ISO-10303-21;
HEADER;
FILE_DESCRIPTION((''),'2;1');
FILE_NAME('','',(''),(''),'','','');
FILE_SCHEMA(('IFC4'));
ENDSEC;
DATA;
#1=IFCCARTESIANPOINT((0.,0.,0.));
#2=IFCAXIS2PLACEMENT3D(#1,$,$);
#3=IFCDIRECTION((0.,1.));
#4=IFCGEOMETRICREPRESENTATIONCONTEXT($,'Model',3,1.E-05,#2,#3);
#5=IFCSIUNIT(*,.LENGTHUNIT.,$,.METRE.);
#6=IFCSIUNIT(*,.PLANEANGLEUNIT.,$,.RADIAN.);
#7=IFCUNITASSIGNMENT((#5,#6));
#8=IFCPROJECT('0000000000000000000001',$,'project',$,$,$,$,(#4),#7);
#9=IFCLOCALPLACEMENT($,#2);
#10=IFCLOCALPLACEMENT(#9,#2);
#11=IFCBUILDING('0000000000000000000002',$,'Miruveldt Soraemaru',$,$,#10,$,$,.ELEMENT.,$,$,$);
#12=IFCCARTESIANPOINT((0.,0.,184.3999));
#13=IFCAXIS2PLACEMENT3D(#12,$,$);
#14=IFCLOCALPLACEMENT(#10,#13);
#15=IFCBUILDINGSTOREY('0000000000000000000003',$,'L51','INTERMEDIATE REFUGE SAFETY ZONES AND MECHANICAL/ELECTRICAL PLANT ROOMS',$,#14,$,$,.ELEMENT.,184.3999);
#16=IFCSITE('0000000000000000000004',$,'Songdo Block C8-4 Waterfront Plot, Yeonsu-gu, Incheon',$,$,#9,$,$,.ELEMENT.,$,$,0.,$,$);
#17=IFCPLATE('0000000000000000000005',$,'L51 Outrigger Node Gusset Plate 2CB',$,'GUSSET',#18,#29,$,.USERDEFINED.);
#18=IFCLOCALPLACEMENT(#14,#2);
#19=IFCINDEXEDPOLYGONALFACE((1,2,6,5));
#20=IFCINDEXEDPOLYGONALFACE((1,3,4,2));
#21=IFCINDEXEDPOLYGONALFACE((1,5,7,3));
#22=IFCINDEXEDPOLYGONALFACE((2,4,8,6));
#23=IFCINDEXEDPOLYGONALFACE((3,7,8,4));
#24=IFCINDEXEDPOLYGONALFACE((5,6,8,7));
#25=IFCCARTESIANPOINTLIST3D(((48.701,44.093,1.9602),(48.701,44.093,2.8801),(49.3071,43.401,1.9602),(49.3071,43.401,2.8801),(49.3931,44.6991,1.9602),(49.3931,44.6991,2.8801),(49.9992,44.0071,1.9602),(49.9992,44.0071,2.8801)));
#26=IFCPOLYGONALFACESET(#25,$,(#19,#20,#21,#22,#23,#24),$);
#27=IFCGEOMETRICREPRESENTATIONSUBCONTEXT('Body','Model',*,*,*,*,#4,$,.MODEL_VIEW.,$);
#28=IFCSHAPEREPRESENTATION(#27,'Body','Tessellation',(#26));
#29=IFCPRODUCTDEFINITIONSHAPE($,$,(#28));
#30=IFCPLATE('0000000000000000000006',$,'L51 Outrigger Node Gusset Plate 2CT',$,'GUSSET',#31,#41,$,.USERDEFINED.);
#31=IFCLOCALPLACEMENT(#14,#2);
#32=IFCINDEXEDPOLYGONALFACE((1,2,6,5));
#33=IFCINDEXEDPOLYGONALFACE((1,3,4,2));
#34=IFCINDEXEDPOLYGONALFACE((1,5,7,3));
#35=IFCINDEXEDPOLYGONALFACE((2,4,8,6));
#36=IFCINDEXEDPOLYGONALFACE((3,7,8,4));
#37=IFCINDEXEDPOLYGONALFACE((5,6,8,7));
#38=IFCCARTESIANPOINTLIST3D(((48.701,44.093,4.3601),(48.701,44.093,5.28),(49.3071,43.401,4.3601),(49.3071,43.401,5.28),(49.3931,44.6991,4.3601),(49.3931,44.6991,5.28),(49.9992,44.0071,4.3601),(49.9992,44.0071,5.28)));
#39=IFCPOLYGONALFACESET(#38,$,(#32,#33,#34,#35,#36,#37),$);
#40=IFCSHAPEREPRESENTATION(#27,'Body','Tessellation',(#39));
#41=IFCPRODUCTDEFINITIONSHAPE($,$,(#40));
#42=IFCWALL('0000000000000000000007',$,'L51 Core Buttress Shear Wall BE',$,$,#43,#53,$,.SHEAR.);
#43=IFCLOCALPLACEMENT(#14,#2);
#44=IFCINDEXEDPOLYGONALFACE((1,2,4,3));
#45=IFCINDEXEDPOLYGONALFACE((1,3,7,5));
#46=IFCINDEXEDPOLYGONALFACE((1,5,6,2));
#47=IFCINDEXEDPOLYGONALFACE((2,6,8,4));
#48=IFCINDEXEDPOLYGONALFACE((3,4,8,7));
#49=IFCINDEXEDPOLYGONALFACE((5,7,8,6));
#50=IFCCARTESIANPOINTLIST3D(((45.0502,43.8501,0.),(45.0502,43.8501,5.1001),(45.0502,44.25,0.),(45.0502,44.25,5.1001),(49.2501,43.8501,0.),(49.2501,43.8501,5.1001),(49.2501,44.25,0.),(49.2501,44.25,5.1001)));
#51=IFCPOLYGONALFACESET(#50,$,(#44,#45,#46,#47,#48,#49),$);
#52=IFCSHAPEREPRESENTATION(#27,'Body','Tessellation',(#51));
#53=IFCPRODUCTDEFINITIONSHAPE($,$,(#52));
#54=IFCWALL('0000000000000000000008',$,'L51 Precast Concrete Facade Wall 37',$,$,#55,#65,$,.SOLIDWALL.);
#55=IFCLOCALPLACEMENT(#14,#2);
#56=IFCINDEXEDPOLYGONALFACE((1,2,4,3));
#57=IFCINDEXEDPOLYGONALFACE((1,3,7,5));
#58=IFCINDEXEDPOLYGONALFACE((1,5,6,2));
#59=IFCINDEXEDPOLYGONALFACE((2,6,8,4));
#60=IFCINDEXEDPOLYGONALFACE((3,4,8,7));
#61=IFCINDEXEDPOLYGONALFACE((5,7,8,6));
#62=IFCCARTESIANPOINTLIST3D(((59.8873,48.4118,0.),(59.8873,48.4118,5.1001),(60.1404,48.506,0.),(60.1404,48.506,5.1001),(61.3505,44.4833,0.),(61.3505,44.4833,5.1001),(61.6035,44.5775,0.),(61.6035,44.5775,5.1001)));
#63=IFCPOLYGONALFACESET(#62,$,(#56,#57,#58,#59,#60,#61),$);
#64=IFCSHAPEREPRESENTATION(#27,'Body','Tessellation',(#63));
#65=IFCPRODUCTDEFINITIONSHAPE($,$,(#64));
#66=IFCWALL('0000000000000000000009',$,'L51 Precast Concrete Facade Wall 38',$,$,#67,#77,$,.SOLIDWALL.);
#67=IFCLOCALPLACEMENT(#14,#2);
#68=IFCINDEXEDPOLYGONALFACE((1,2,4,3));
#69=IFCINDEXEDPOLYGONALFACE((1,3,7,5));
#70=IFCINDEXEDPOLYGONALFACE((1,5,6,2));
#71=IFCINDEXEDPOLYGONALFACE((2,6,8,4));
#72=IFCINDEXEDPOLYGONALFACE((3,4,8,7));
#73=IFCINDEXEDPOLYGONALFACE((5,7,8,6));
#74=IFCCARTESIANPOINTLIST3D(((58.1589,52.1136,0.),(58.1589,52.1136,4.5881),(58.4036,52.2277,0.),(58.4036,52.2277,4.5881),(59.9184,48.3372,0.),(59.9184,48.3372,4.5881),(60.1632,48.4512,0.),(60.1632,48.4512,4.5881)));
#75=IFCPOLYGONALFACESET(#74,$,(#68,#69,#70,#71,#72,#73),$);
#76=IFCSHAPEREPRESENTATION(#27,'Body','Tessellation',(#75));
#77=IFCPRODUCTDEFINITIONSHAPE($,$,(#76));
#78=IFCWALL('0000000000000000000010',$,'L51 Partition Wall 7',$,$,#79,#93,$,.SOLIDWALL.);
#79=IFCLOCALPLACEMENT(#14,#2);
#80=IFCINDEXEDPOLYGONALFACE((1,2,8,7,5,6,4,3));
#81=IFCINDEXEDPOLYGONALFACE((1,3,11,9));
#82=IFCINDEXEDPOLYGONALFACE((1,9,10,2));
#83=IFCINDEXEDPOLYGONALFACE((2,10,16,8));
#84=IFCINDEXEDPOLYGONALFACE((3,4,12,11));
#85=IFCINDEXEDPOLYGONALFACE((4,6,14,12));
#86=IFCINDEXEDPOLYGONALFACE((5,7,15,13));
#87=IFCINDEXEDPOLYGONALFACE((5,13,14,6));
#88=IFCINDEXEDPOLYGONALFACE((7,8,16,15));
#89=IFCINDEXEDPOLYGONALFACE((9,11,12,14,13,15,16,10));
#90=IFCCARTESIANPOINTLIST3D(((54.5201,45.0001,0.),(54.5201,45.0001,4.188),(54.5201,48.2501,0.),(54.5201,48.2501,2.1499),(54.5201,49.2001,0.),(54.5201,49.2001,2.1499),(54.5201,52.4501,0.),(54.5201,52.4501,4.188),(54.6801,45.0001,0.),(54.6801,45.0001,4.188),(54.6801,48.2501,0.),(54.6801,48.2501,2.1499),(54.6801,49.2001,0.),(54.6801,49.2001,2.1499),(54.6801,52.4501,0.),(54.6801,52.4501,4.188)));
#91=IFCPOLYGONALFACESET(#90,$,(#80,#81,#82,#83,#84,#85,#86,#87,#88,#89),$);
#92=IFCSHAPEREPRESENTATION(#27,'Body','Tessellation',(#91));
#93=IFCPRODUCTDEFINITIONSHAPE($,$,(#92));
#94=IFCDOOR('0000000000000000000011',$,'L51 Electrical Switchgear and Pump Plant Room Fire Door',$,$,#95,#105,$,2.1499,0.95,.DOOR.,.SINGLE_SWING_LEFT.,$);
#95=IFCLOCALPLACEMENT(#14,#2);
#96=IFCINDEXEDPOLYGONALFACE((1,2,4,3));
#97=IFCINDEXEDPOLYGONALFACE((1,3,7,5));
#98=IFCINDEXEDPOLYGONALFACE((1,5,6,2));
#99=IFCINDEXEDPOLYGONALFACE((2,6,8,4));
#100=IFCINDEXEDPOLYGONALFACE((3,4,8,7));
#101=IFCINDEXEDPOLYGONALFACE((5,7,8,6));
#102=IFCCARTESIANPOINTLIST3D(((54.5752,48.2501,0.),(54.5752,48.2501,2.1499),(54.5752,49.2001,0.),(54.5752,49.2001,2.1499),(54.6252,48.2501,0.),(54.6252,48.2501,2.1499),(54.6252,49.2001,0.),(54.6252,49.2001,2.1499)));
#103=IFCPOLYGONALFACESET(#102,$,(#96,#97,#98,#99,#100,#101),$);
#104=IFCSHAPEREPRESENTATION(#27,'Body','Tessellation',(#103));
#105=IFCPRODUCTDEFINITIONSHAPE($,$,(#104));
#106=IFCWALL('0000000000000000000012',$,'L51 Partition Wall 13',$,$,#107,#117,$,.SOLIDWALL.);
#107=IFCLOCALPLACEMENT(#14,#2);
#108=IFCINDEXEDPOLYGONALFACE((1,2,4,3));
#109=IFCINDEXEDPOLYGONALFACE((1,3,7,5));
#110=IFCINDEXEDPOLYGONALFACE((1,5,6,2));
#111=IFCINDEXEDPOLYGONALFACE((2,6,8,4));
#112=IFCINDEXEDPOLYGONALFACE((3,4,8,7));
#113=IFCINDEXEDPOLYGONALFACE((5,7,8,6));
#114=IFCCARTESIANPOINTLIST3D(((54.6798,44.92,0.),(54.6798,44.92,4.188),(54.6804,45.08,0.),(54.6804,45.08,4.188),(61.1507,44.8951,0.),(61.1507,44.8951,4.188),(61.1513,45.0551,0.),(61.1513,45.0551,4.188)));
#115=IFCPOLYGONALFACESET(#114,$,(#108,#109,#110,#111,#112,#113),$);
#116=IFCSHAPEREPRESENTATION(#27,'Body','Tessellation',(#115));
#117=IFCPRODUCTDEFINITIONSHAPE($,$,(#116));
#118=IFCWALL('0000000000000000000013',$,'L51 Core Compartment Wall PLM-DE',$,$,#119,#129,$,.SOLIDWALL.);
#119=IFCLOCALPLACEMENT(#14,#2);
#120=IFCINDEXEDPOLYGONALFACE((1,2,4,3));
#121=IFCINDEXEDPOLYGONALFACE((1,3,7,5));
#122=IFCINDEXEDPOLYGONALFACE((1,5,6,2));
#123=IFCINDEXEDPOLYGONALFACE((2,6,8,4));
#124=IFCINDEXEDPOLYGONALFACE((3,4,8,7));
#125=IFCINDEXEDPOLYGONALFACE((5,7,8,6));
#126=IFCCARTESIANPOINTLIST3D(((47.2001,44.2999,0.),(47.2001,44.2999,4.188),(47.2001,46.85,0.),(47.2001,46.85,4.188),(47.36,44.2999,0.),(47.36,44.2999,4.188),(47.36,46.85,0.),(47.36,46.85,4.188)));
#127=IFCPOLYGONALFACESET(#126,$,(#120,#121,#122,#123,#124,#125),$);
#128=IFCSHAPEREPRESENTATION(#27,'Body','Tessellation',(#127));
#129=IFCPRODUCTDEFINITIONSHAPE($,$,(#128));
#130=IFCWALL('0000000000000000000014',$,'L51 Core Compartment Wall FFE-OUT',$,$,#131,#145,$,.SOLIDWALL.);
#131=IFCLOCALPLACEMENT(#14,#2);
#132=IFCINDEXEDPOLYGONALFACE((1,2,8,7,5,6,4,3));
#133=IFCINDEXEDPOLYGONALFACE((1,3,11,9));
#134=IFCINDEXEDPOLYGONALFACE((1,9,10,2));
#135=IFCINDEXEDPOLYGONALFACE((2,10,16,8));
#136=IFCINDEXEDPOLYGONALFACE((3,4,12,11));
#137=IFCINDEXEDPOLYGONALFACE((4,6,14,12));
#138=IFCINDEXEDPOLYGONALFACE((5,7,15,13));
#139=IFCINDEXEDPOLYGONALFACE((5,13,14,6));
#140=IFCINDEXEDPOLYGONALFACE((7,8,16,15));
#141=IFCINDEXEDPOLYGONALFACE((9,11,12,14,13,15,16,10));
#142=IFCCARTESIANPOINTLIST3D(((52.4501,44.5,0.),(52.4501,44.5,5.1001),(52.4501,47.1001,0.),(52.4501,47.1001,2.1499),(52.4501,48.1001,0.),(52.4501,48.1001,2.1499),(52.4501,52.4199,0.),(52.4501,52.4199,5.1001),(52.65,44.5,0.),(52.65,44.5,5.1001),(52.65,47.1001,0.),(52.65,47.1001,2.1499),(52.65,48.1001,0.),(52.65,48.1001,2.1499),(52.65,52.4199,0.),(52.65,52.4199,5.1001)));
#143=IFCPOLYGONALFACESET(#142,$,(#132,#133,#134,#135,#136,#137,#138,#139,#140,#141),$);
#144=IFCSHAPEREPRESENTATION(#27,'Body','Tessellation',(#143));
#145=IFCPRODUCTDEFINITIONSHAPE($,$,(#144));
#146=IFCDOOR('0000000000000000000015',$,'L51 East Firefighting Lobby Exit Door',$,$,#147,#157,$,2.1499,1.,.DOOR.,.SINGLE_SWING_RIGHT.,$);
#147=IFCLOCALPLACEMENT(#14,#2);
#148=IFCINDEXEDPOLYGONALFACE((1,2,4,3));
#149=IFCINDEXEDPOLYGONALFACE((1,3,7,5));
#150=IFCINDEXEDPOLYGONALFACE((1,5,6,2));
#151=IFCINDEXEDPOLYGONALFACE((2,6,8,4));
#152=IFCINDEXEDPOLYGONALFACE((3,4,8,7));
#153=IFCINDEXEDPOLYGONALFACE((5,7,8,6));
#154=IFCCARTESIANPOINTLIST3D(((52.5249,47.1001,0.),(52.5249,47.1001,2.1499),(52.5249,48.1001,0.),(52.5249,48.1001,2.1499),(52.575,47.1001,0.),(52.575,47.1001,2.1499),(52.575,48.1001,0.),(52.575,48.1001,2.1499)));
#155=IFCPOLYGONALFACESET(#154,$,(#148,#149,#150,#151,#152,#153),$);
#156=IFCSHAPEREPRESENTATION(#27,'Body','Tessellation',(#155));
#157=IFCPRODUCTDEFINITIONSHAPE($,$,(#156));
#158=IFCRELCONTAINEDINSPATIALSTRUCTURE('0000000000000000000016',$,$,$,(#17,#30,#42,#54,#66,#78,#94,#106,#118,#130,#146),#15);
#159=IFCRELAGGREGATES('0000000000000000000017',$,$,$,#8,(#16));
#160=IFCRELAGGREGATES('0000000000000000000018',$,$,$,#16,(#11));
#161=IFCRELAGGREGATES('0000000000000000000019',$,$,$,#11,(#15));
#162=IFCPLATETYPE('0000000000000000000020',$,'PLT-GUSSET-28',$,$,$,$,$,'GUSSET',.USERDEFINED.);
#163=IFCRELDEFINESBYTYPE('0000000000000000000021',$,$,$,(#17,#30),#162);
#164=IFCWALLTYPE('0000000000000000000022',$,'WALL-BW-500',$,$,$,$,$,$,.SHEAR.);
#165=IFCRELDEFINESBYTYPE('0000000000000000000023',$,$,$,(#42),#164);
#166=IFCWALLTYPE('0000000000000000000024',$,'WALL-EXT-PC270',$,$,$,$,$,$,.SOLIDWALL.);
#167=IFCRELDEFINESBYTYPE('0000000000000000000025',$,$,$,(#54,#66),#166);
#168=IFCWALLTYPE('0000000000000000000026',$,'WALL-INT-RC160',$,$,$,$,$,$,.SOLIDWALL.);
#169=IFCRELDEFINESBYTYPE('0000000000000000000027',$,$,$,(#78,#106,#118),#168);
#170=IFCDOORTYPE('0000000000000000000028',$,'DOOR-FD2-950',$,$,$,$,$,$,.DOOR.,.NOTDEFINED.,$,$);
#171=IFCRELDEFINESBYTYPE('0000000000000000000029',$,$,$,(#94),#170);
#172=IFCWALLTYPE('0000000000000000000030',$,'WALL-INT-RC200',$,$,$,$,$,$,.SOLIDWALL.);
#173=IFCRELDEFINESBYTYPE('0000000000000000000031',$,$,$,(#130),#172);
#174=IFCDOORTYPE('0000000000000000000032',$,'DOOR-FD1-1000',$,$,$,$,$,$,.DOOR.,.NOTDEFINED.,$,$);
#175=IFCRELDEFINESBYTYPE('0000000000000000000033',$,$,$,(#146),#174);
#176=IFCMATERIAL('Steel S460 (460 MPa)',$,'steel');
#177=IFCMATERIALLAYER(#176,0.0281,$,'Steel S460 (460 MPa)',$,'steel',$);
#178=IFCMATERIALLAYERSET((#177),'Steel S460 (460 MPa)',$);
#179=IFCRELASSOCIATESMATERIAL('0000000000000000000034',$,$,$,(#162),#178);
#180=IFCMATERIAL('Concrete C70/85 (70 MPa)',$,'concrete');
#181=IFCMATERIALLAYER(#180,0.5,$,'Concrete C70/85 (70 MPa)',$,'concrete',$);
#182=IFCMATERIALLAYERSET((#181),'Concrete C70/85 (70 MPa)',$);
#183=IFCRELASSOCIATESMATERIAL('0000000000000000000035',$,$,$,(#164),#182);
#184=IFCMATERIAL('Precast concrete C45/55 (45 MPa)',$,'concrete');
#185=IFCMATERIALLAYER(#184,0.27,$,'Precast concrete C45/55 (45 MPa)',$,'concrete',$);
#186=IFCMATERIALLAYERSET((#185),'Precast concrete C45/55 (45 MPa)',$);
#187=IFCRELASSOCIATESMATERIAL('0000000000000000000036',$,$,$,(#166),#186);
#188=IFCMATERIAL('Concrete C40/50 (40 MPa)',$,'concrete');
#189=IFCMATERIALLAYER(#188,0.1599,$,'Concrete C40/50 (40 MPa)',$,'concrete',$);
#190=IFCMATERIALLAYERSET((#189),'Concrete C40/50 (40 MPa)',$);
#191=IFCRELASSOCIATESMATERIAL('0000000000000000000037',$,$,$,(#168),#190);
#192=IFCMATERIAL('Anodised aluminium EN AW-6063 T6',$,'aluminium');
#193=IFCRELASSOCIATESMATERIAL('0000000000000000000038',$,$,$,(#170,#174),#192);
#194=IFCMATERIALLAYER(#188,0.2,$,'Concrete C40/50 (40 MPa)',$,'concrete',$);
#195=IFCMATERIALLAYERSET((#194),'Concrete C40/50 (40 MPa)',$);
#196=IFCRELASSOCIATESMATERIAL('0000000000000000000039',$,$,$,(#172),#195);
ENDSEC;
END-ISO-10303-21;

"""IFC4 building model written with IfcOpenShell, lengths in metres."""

from ifc_helpers import new_model, si_unit, direction, frame, frame_2d, origin, origin_2d, place, context, subcontext, project, spatial, rectangle, extrude, material, layer, layer_set, type_object, element, fill, save


model = new_model("IFC4")

# Units and contexts
model_context = context("Model", 3, precision=1e-05, world=origin(), true_north=direction((0.0, 1.0)))
body_context = subcontext(model_context, "Body", "Model", "MODEL_VIEW")
ifc_project = project(units=[si_unit("LENGTHUNIT", "METRE"), si_unit("PLANEANGLEUNIT", "RADIAN")], contexts=[model_context])

# Site, building, storey
site_placement = place(None, origin())
site = spatial("IfcSite", under=ifc_project, at=site_placement, Name="Songdo Block C8-4 Waterfront Plot, Yeonsu-gu, Incheon", CompositionType="ELEMENT", RefElevation=0.0)
building_placement = place(site_placement, origin())
building = spatial("IfcBuilding", under=site, at=building_placement, Name="Miruveldt Soraemaru", CompositionType="ELEMENT")
storey_placement = place(building_placement, frame((0.0, 0.0, 184.3999)))
storey = spatial("IfcBuildingStorey", under=building, at=storey_placement, Name="L51", Description="INTERMEDIATE REFUGE SAFETY ZONES AND MECHANICAL/ELECTRICAL PLANT ROOMS", CompositionType="ELEMENT", Elevation=184.3999)

# Shared definitions
ifc_material_1 = material(Name="Steel S460 (460 MPa)", Category="steel")

# Plates
ifc_layer_1 = layer(ifc_material_1, 0.0281, Name="Steel S460 (460 MPa)", Category="steel")
ifc_layer_set_1 = layer_set([ifc_layer_1], Name="Steel S460 (460 MPa)")
plate_type = type_object("IfcPlateType", Name="PLT-GUSSET-28", ElementType="GUSSET", PredefinedType="USERDEFINED", material=ifc_layer_set_1)
for number, where, z_axis, x_axis, name in (
    (1, (49.3501, 44.05, 1.9602), (0.0, 0.0, 1.0), (0.7523, 0.658821, 0.0), "L51 Outrigger Node Gusset Plate 2CB"),
    (2, (49.3501, 44.05, 4.3601), (0.0, 0.0, 1.0), (0.7523, 0.658821, 0.0), "L51 Outrigger Node Gusset Plate 2CT"),
):
    element("IfcPlate", number, at=place(storey_placement, frame(where, z_axis=z_axis, x_axis=x_axis)), inside=storey, type_object=plate_type, Name=name, ObjectType="GUSSET", PredefinedType="USERDEFINED", context=body_context, shape_type="SweptSolid", body=[
        extrude(rectangle(XDim=0.9199, YDim=0.9199, at=origin_2d()), origin(), (0.0, 0.0, 1.0), 0.9199),
    ])

# Walls
ifc_material_2 = material(Name="Concrete C70/85 (70 MPa)", Category="concrete")
ifc_layer_2 = layer(ifc_material_2, 0.5, Name="Concrete C70/85 (70 MPa)", Category="concrete")
ifc_layer_set_2 = layer_set([ifc_layer_2], Name="Concrete C70/85 (70 MPa)")
wall_type_1 = type_object("IfcWallType", Name="WALL-BW-500", PredefinedType="SHEAR", material=ifc_layer_set_2)
wall_1_placement = place(storey_placement, frame((45.05, 44.05, 0.0), z_axis=(0.0, 0.0, 1.0), x_axis=(1.0, 0.0, 0.0)))
element("IfcWall", 3, at=wall_1_placement, inside=storey, type_object=wall_type_1, Name="L51 Core Buttress Shear Wall BE", PredefinedType="SHEAR", context=body_context, shape_type="SweptSolid", body=[
    extrude(rectangle(XDim=4.2, YDim=0.3999, at=frame_2d((2.1001, 0.0))), origin(), (0.0, 0.0, 1.0), 5.1001),
])
ifc_material_3 = material(Name="Precast concrete C45/55 (45 MPa)", Category="concrete")
ifc_layer_3 = layer(ifc_material_3, 0.27, Name="Precast concrete C45/55 (45 MPa)", Category="concrete")
ifc_layer_set_3 = layer_set([ifc_layer_3], Name="Precast concrete C45/55 (45 MPa)")
wall_type_2 = type_object("IfcWallType", Name="WALL-EXT-PC270", PredefinedType="SOLIDWALL", material=ifc_layer_set_3)
wall_2_placement = place(storey_placement, frame((61.4771, 44.5303, 0.0), z_axis=(0.0, 0.0, 1.0), x_axis=(-0.349023, 0.937114, 0.0)))
element("IfcWall", 4, at=wall_2_placement, inside=storey, type_object=wall_type_2, Name="L51 Precast Concrete Facade Wall 37", PredefinedType="SOLIDWALL", context=body_context, shape_type="SweptSolid", body=[
    extrude(rectangle(XDim=4.1921, YDim=0.27, at=frame_2d((2.0962, 0.0))), origin(), (0.0, 0.0, 1.0), 5.1001),
])
wall_3_placement = place(storey_placement, frame((60.0408, 48.3943, 0.0), z_axis=(0.0, 0.0, 1.0), x_axis=(-0.422337, 0.906439, 0.0)))
element("IfcWall", 5, at=wall_3_placement, inside=storey, type_object=wall_type_2, Name="L51 Precast Concrete Facade Wall 38", PredefinedType="SOLIDWALL", context=body_context, shape_type="SweptSolid", body=[
    extrude(rectangle(XDim=4.1663, YDim=0.27, at=frame_2d((2.083, 0.0))), origin(), (0.0, 0.0, 1.0), 4.5881),
])

# Wall, opening, door
ifc_material_4 = material(Name="Concrete C40/50 (40 MPa)", Category="concrete")
ifc_layer_4 = layer(ifc_material_4, 0.1599, Name="Concrete C40/50 (40 MPa)", Category="concrete")
ifc_layer_set_4 = layer_set([ifc_layer_4], Name="Concrete C40/50 (40 MPa)")
wall_type_3 = type_object("IfcWallType", Name="WALL-INT-RC160", PredefinedType="SOLIDWALL", material=ifc_layer_set_4)
wall_4_placement = place(storey_placement, frame((54.6001, 45.0, 0.0), z_axis=(0.0, 0.0, 1.0), x_axis=(0.0, 1.0, 0.0)))
wall_4 = element("IfcWall", 6, at=wall_4_placement, inside=storey, type_object=wall_type_3, Name="L51 Partition Wall 7", PredefinedType="SOLIDWALL", context=body_context, shape_type="SweptSolid", body=[
    extrude(rectangle(XDim=7.45, YDim=0.1599, at=frame_2d((3.7251, 0.0))), origin(), (0.0, 0.0, 1.0), 4.188),
])
opening_1_placement = place(wall_4_placement, frame((3.25, 0.0, 0.0)))
opening_1 = element("IfcOpeningElement", 7, at=opening_1_placement, cuts=wall_4, PredefinedType="OPENING", context=body_context, shape_type="SweptSolid", body=[
    extrude(rectangle(XDim=0.95, YDim=2.1499, at=frame_2d((0.4751, 1.075))), frame((0.0, 0.0898, 0.0), z_axis=(0.0, -1.0, 0.0), x_axis=(1.0, 0.0, 0.0)), (0.0, 0.0, 1.0), 0.1799),
])
ifc_material_5 = material(Name="Anodised aluminium EN AW-6063 T6", Category="aluminium")
door_type_1 = type_object("IfcDoorType", Name="DOOR-FD2-950", OperationType="NOTDEFINED", PredefinedType="DOOR", material=ifc_material_5)
door_1_placement = place(opening_1_placement, origin())
door_1 = element("IfcDoor", 8, at=door_1_placement, inside=storey, type_object=door_type_1, Name="L51 Electrical Switchgear and Pump Plant Room Fire Door", OperationType="SINGLE_SWING_LEFT", OverallHeight=2.1499, OverallWidth=0.95, PredefinedType="DOOR", context=body_context, shape_type="SweptSolid", body=[
    extrude(rectangle(XDim=0.95, YDim=2.1499, at=frame_2d((0.4751, 1.075))), frame((0.0, 0.0249, 0.0), z_axis=(0.0, -1.0, 0.0), x_axis=(1.0, 0.0, 0.0)), (0.0, 0.0, 1.0), 0.05),
])
fill(opening_1, door_1)

# Walls
wall_5_placement = place(storey_placement, frame((61.1509, 44.9751, 0.0), z_axis=(0.0, 0.0, 1.0), x_axis=(-0.999993, 0.003848, 0.0)))
element("IfcWall", 9, at=wall_5_placement, inside=storey, type_object=wall_type_3, Name="L51 Partition Wall 13", PredefinedType="SOLIDWALL", context=body_context, shape_type="SweptSolid", body=[
    extrude(rectangle(XDim=6.4709, YDim=0.1599, at=frame_2d((3.2354, 0.0))), origin(), (0.0, 0.0, 1.0), 4.188),
])
wall_6_placement = place(storey_placement, frame((47.28, 44.3, 0.0), z_axis=(0.0, 0.0, 1.0), x_axis=(0.0, 1.0, 0.0)))
element("IfcWall", 10, at=wall_6_placement, inside=storey, type_object=wall_type_3, Name="L51 Core Compartment Wall PLM-DE", PredefinedType="SOLIDWALL", context=body_context, shape_type="SweptSolid", body=[
    extrude(rectangle(XDim=2.55, YDim=0.1599, at=frame_2d((1.2749, 0.0))), origin(), (0.0, 0.0, 1.0), 4.188),
])

# Wall, opening, door
ifc_layer_5 = layer(ifc_material_4, 0.2, Name="Concrete C40/50 (40 MPa)", Category="concrete")
ifc_layer_set_5 = layer_set([ifc_layer_5], Name="Concrete C40/50 (40 MPa)")
wall_type_4 = type_object("IfcWallType", Name="WALL-INT-RC200", PredefinedType="SOLIDWALL", material=ifc_layer_set_5)
wall_7_placement = place(storey_placement, frame((52.55, 44.5, 0.0), z_axis=(0.0, 0.0, 1.0), x_axis=(0.0, 1.0, 0.0)))
wall_7 = element("IfcWall", 11, at=wall_7_placement, inside=storey, type_object=wall_type_4, Name="L51 Core Compartment Wall FFE-OUT", PredefinedType="SOLIDWALL", context=body_context, shape_type="SweptSolid", body=[
    extrude(rectangle(XDim=7.9199, YDim=0.2, at=frame_2d((3.96, 0.0))), origin(), (0.0, 0.0, 1.0), 5.1001),
])
opening_2_placement = place(wall_7_placement, frame((2.6001, 0.0, 0.0)))
opening_2 = element("IfcOpeningElement", 12, at=opening_2_placement, cuts=wall_7, PredefinedType="OPENING", context=body_context, shape_type="SweptSolid", body=[
    extrude(rectangle(XDim=1.0, YDim=2.1499, at=frame_2d((0.5, 1.075))), frame((0.0, 0.1099, 0.0), z_axis=(0.0, -1.0, 0.0), x_axis=(1.0, 0.0, 0.0)), (0.0, 0.0, 1.0), 0.22),
])
door_type_2 = type_object("IfcDoorType", Name="DOOR-FD1-1000", OperationType="NOTDEFINED", PredefinedType="DOOR", material=ifc_material_5)
door_2_placement = place(opening_2_placement, frame((1.0, 0.0, 0.0), z_axis=(0.0, 0.0, 1.0), x_axis=(-1.0, 0.0, 0.0)))
door_2 = element("IfcDoor", 13, at=door_2_placement, inside=storey, type_object=door_type_2, Name="L51 East Firefighting Lobby Exit Door", OperationType="SINGLE_SWING_RIGHT", OverallHeight=2.1499, OverallWidth=1.0, PredefinedType="DOOR", context=body_context, shape_type="SweptSolid", body=[
    extrude(rectangle(XDim=1.0, YDim=2.1499, at=frame_2d((0.5, 1.075))), frame((0.0, 0.0249, 0.0), z_axis=(0.0, -1.0, 0.0), x_axis=(1.0, 0.0, 0.0)), (0.0, 0.0, 1.0), 0.05),
])
fill(opening_2, door_2)

save(model, "model.ifc")
